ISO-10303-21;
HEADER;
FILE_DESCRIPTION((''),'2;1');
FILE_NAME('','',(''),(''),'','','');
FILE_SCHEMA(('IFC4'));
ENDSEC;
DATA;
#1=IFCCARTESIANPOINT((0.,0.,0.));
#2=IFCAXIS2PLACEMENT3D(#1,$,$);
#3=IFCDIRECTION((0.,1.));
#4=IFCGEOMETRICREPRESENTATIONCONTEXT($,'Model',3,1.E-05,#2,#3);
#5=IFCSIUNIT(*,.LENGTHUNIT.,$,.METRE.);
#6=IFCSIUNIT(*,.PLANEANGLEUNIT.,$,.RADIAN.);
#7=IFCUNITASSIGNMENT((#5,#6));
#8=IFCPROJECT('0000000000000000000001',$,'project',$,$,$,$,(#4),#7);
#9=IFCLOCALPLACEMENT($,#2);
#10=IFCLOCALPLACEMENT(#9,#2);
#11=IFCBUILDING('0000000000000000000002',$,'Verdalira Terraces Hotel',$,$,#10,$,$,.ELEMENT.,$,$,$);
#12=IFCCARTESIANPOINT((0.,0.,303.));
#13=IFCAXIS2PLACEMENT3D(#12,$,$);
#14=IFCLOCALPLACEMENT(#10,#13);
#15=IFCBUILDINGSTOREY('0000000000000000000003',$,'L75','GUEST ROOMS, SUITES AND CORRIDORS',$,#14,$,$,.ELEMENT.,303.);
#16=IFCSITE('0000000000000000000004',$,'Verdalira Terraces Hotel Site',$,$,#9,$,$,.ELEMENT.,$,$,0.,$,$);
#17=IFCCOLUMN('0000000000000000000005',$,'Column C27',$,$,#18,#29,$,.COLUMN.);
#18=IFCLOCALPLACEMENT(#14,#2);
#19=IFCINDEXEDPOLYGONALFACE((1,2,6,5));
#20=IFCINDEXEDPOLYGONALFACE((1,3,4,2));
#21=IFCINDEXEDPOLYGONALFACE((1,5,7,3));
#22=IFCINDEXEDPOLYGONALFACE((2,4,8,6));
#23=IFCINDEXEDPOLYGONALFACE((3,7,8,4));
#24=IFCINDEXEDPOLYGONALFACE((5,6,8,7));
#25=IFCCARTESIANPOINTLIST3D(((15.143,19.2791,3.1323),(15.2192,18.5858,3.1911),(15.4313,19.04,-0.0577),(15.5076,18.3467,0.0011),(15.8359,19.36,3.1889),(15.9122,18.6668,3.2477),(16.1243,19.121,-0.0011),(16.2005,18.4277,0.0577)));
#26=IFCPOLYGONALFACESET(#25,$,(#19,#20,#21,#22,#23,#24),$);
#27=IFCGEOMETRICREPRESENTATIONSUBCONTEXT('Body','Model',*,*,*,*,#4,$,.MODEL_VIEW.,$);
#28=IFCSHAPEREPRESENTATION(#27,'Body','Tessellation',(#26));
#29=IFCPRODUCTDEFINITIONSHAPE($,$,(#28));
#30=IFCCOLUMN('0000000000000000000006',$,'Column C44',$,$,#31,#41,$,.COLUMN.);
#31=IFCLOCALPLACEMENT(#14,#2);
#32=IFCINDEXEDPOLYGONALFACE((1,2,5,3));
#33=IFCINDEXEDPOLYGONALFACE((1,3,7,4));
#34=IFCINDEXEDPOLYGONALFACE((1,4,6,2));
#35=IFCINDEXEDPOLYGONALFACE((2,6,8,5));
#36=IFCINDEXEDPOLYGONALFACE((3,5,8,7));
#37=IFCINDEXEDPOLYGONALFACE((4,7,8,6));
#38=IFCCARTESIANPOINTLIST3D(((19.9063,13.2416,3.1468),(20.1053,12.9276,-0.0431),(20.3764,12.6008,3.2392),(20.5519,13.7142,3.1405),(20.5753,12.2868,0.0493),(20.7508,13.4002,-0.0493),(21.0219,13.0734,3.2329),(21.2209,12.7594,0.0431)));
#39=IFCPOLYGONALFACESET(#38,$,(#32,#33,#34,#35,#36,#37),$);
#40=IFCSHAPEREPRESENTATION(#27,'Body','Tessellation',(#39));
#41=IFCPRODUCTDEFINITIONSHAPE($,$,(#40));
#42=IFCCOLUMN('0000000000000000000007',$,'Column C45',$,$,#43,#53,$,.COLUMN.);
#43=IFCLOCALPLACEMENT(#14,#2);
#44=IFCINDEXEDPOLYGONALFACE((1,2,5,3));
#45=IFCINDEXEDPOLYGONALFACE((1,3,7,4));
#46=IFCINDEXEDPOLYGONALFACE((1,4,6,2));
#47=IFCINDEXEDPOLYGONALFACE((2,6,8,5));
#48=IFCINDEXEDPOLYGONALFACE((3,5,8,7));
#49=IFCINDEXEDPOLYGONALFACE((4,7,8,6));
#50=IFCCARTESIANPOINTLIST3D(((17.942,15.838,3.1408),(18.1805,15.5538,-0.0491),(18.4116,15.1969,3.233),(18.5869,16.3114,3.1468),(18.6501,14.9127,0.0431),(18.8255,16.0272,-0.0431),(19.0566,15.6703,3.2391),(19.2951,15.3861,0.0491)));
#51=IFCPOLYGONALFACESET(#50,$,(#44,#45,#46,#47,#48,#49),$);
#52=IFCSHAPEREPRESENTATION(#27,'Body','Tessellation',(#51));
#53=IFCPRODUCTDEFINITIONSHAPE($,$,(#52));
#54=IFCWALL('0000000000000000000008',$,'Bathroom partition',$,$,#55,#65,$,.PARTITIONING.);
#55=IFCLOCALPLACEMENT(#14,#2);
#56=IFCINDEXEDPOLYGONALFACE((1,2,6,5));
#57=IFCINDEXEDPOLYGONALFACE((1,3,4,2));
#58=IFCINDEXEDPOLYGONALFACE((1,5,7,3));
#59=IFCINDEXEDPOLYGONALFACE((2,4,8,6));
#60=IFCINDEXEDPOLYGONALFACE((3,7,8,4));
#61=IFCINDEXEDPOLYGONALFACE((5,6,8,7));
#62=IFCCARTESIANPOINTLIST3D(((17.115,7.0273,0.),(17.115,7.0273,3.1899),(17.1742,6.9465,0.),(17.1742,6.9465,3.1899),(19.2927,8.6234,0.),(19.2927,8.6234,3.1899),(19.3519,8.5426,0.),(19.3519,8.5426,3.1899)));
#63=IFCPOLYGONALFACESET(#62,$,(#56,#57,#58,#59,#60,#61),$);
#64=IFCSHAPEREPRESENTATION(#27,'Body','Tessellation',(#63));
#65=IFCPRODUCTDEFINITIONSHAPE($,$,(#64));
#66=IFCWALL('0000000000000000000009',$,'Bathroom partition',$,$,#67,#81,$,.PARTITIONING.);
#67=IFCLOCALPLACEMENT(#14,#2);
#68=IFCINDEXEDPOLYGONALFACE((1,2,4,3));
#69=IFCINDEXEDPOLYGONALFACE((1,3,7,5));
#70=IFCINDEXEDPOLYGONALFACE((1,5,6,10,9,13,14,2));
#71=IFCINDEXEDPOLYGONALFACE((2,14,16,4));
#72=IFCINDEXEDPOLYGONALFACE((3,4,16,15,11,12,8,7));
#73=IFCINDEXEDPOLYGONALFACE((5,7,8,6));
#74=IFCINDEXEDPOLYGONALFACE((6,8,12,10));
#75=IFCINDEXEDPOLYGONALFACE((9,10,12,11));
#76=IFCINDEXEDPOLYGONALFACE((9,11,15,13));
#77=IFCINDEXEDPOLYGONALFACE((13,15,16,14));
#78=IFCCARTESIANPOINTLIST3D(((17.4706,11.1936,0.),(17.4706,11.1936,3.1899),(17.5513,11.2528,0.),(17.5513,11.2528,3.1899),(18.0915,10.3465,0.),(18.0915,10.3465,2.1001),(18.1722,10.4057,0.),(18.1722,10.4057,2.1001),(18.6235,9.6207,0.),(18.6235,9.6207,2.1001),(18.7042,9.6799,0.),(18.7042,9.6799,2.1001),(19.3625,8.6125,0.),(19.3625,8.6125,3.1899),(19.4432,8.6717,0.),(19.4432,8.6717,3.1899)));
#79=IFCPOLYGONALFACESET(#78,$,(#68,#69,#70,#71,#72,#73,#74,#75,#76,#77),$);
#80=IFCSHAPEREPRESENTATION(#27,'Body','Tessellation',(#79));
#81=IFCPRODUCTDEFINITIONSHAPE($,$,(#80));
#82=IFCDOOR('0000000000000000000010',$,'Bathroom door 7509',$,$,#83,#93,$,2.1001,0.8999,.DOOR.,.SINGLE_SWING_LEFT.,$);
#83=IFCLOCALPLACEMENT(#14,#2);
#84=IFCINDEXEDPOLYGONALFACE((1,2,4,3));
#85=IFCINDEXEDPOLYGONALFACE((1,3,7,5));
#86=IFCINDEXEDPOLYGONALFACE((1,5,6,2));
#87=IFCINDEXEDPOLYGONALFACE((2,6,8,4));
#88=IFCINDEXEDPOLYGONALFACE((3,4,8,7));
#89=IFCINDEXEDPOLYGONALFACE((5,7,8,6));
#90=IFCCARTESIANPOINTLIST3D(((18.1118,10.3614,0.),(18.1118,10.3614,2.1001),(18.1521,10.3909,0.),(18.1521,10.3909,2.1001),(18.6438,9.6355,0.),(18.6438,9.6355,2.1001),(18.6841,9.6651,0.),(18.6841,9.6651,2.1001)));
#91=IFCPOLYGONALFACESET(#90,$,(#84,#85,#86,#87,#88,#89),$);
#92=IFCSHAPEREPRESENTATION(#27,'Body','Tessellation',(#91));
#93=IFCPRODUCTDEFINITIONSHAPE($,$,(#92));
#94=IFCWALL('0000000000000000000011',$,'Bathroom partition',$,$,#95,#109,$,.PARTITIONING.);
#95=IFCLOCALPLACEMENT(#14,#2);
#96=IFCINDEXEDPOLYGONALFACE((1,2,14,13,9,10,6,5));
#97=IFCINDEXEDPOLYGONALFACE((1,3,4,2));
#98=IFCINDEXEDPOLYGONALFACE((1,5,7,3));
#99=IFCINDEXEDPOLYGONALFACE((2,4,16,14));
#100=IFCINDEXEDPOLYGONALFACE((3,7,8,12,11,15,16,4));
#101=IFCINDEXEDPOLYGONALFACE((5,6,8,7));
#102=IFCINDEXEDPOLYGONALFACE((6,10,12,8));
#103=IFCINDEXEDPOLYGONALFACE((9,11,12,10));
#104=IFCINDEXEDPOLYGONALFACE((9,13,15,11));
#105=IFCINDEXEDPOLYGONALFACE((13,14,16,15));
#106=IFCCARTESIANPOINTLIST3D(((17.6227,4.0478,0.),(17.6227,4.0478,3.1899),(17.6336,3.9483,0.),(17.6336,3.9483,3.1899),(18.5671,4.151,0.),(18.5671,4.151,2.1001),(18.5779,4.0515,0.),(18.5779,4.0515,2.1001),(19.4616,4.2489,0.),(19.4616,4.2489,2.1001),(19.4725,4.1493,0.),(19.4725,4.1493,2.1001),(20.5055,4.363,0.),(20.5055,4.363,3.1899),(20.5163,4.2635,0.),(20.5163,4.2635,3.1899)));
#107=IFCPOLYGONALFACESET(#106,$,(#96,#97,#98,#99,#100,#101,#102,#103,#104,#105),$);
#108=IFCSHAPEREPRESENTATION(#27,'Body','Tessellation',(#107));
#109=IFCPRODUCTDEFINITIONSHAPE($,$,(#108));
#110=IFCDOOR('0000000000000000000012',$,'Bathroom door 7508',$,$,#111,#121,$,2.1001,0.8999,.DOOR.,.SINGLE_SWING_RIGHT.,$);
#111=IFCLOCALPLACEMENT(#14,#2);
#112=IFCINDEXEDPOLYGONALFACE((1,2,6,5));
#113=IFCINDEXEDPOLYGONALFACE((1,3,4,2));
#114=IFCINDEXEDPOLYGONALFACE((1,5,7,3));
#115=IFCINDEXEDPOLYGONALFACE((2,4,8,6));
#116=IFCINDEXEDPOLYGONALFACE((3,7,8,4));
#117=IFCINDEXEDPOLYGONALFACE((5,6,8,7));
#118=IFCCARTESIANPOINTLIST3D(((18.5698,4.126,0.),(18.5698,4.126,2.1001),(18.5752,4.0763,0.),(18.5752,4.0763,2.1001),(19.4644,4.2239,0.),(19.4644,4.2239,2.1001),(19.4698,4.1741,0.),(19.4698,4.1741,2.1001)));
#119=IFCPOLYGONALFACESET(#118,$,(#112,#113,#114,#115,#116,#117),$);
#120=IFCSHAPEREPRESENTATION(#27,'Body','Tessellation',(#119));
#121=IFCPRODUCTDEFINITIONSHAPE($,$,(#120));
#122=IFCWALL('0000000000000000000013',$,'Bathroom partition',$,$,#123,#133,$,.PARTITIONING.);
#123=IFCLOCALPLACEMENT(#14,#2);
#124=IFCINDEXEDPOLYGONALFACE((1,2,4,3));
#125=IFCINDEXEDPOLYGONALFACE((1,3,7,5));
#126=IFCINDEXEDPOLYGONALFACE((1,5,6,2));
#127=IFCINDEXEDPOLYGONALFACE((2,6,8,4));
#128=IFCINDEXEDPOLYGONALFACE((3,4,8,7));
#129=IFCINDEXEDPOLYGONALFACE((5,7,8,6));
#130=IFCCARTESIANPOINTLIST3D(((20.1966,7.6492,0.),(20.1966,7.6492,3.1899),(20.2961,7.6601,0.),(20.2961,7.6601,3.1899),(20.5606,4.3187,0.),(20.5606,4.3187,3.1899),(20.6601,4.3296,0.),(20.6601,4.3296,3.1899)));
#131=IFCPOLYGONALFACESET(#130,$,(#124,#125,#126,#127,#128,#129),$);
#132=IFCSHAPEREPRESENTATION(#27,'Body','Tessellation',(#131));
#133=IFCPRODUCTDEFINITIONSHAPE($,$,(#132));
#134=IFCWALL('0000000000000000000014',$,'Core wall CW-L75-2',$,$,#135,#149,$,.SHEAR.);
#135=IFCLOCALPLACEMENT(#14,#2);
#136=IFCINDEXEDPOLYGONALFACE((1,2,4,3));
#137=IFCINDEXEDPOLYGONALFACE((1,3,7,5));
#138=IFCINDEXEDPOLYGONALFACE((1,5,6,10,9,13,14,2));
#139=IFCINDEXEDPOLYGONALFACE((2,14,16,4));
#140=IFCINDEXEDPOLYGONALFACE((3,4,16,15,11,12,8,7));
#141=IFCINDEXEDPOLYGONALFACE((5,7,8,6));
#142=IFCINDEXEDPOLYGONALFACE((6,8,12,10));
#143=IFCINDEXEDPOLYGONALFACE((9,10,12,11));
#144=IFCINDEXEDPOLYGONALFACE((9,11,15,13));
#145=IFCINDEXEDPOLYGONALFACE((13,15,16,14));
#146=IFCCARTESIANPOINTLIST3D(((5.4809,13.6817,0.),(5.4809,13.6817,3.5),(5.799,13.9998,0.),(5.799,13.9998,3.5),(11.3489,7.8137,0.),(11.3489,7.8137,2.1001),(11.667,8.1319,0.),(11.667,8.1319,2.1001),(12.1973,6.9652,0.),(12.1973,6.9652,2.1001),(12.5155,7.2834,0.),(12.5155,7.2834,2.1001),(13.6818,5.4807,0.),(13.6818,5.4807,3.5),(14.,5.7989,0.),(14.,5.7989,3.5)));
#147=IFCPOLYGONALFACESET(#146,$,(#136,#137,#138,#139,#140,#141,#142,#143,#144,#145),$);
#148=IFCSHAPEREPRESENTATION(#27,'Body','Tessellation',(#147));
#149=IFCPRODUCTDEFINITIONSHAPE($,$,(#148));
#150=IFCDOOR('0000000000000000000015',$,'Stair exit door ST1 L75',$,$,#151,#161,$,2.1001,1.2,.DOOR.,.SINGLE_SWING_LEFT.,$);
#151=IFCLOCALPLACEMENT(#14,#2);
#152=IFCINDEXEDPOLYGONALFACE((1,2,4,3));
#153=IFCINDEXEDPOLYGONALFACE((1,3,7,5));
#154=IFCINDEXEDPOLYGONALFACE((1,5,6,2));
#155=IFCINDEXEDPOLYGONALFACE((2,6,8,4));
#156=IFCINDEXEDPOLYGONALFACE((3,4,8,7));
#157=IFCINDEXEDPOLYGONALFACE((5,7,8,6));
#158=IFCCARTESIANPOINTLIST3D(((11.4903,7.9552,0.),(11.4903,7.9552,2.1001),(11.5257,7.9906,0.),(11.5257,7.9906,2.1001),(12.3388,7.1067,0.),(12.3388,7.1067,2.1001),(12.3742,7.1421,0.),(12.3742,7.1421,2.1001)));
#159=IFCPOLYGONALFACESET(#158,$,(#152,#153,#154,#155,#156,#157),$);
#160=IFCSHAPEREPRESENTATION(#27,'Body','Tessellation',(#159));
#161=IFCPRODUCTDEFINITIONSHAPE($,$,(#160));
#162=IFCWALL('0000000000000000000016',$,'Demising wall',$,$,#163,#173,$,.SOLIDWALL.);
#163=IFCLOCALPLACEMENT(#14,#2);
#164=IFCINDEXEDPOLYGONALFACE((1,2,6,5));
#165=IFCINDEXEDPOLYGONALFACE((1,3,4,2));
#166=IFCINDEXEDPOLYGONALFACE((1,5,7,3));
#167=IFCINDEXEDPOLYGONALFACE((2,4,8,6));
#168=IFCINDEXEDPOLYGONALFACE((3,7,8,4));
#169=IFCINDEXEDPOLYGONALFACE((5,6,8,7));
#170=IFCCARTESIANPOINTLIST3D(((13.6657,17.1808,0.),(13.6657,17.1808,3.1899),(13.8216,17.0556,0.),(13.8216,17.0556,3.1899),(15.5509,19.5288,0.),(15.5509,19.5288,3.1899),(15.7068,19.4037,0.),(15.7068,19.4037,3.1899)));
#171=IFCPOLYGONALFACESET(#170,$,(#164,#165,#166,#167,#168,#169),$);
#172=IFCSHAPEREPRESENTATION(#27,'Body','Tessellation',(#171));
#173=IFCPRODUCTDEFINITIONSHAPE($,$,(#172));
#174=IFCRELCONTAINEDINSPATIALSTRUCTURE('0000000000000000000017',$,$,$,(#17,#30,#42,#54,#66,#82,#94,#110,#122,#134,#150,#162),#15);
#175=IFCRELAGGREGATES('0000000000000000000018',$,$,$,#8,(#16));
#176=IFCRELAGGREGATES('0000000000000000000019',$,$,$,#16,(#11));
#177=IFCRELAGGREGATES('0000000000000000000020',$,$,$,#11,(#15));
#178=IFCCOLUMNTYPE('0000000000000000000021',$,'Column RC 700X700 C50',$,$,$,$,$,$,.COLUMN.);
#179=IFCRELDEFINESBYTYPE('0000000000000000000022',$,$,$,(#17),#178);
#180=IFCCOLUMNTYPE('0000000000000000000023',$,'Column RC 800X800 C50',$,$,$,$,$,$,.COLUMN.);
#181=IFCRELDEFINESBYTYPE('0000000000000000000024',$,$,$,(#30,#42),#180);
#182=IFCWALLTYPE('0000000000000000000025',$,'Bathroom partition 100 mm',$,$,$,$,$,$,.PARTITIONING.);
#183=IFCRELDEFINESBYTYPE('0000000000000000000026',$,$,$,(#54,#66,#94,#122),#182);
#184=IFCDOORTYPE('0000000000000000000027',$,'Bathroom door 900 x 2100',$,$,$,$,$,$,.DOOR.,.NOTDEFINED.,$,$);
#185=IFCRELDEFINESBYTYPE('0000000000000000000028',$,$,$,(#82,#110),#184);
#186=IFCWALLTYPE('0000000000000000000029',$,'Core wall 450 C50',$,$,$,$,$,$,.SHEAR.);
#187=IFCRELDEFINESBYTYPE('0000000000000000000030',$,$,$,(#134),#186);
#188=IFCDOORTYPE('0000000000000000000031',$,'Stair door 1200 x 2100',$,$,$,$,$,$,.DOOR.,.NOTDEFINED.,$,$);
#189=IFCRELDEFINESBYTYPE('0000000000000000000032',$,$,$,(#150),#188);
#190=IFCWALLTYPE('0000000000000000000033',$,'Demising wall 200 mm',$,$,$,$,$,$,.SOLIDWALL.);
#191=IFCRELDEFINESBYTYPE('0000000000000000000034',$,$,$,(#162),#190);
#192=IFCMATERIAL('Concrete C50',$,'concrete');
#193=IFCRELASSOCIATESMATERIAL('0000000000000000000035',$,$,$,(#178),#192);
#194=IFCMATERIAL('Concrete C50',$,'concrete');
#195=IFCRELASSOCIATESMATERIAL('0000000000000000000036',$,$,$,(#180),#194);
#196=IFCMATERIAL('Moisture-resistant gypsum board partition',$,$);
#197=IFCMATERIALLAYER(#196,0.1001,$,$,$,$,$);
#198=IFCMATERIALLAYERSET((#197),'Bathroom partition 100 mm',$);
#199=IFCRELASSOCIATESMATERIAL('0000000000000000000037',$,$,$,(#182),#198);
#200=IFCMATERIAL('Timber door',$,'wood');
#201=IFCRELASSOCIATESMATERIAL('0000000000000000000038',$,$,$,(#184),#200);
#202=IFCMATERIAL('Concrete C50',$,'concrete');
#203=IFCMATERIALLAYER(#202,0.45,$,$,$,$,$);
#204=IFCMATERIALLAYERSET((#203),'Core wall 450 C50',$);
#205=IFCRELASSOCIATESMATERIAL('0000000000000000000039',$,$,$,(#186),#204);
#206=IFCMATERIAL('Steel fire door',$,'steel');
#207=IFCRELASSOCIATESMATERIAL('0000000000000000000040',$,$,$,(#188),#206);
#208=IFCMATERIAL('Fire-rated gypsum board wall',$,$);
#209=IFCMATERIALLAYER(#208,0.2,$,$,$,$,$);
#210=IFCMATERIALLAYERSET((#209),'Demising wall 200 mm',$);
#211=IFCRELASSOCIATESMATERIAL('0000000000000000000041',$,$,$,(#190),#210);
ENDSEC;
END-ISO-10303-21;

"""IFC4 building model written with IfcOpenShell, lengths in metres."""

from ifc_helpers import new_model, si_unit, direction, frame, frame_2d, origin, origin_2d, place, context, subcontext, project, spatial, rectangle, extrude, material, layer, layer_set, material_profile, profile_set, type_object, element, fill, save


model = new_model("IFC4")

# Units and contexts
model_context = context("Model", 3, precision=1e-05, world=origin(), true_north=direction((0.0, 1.0)))
body_context = subcontext(model_context, "Body", "Model", "MODEL_VIEW")
ifc_project = project(units=[si_unit("LENGTHUNIT", "METRE"), si_unit("PLANEANGLEUNIT", "RADIAN")], contexts=[model_context])

# Site, building, storey
site_placement = place(None, origin())
site = spatial("IfcSite", under=ifc_project, at=site_placement, Name="Verdalira Terraces Hotel Site", CompositionType="ELEMENT", RefElevation=0.0)
building_placement = place(site_placement, origin())
building = spatial("IfcBuilding", under=site, at=building_placement, Name="Verdalira Terraces Hotel", CompositionType="ELEMENT")
storey_placement = place(building_placement, frame((0.0, 0.0, 303.0)))
storey = spatial("IfcBuildingStorey", under=building, at=storey_placement, Name="L75", Description="GUEST ROOMS, SUITES AND CORRIDORS", CompositionType="ELEMENT", Elevation=303.0)

# Columns
ifc_material_1 = material(Name="Concrete C50", Category="concrete")
ifc_material_profile_1 = material_profile(ifc_material_1, rectangle(XDim=0.7, YDim=0.7, at=origin_2d()), Name="RC 700X700")
ifc_profile_set_1 = profile_set([ifc_material_profile_1], Name="Concrete C50")
column_type_1 = type_object("IfcColumnType", Name="Column RC 700X700 C50", PredefinedType="COLUMN", material=ifc_profile_set_1)
column_placement = place(storey_placement, frame((15.8159, 18.7339, 0.0), z_axis=(-0.089771, 0.074416, 0.993178), x_axis=(0.98999, 0.115712, 0.080813)))
element("IfcColumn", 1, at=column_placement, inside=storey, type_object=column_type_1, Name="Column C27", PredefinedType="COLUMN", context=body_context, shape_type="SweptSolid", body=[
    extrude(rectangle(XDim=0.7, YDim=0.7, at=origin_2d()), origin(), (0.0, 0.0, 1.0), 3.2119),
])
ifc_material_2 = material(Name="Concrete C50", Category="concrete")
ifc_material_profile_2 = material_profile(ifc_material_2, rectangle(XDim=0.8, YDim=0.8, at=origin_2d()), Name="RC 800X800")
ifc_profile_set_2 = profile_set([ifc_material_profile_2], Name="Concrete C50")
column_type_2 = type_object("IfcColumnType", Name="Column RC 800X800 C50", PredefinedType="COLUMN", material=ifc_profile_set_2)
for number, where, z_axis, x_axis, name in (
    (2, (20.6631, 12.8435, 0.0), (-0.061956, 0.097762, 0.993279), (0.806847, 0.590708, -0.007812), "Column C44"),
    (3, (18.7378, 15.47, 0.0), (-0.074274, 0.08849, 0.993304), (0.806156, 0.591654, 0.007571), "Column C45"),
):
    element("IfcColumn", number, at=place(storey_placement, frame(where, z_axis=z_axis, x_axis=x_axis)), inside=storey, type_object=column_type_2, Name=name, PredefinedType="COLUMN", context=body_context, shape_type="SweptSolid", body=[
        extrude(rectangle(XDim=0.8, YDim=0.8, at=origin_2d()), origin(), (0.0, 0.0, 1.0), 3.2114),
    ])

# Wall
ifc_material_3 = material(Name="Moisture-resistant gypsum board partition")
ifc_layer_1 = layer(ifc_material_3, 0.1001)
ifc_layer_set_1 = layer_set([ifc_layer_1], Name="Bathroom partition 100 mm")
wall_type_1 = type_object("IfcWallType", Name="Bathroom partition 100 mm", PredefinedType="PARTITIONING", material=ifc_layer_set_1)
wall_1_placement = place(storey_placement, frame((17.1445, 6.9868, 0.0), z_axis=(0.0, 0.0, 1.0), x_axis=(0.806549, 0.591168, 0.0)))
element("IfcWall", 4, at=wall_1_placement, inside=storey, type_object=wall_type_1, Name="Bathroom partition", PredefinedType="PARTITIONING", context=body_context, shape_type="SweptSolid", body=[
    extrude(rectangle(XDim=2.7, YDim=0.1001, at=frame_2d((1.3501, 0.0))), origin(), (0.0, 0.0, 1.0), 3.1899),
])

# Walls, openings, doors
wall_2_placement = place(storey_placement, frame((19.4028, 8.6421, 0.0), z_axis=(0.0, 0.0, 1.0), x_axis=(-0.591175, 0.806543, 0.0)))
wall_2 = element("IfcWall", 5, at=wall_2_placement, inside=storey, type_object=wall_type_1, Name="Bathroom partition", PredefinedType="PARTITIONING", context=body_context, shape_type="SweptSolid", body=[
    extrude(rectangle(XDim=3.2002, YDim=0.1001, at=frame_2d((1.6001, 0.0))), origin(), (0.0, 0.0, 1.0), 3.1899),
])
opening_1_placement = place(wall_2_placement, frame((1.25, 0.0, 0.0)))
opening_1 = element("IfcOpeningElement", 6, at=opening_1_placement, cuts=wall_2, PredefinedType="OPENING", context=body_context, shape_type="SweptSolid", body=[
    extrude(rectangle(XDim=0.8999, YDim=2.1001, at=frame_2d((0.45, 1.05))), frame((0.0, 0.0601, 0.0), z_axis=(0.0, -1.0, 0.0), x_axis=(1.0, 0.0, 0.0)), (0.0, 0.0, 1.0), 0.1201),
])
ifc_material_4 = material(Name="Timber door", Category="wood")
door_type_1 = type_object("IfcDoorType", Name="Bathroom door 900 x 2100", OperationType="NOTDEFINED", PredefinedType="DOOR", material=ifc_material_4)
door_1_placement = place(opening_1_placement, origin())
door_1 = element("IfcDoor", 7, at=door_1_placement, inside=storey, type_object=door_type_1, Name="Bathroom door 7509", OperationType="SINGLE_SWING_LEFT", OverallHeight=2.1001, OverallWidth=0.8999, PredefinedType="DOOR", context=body_context, shape_type="SweptSolid", body=[
    extrude(rectangle(XDim=0.8999, YDim=2.1001, at=frame_2d((0.45, 1.05))), frame((0.0, 0.0249, 0.0), z_axis=(0.0, -1.0, 0.0), x_axis=(1.0, 0.0, 0.0)), (0.0, 0.0, 1.0), 0.05),
])
fill(opening_1, door_1)
wall_3_placement = place(storey_placement, frame((17.6282, 3.998, 0.0), z_axis=(0.0, 0.0, 1.0), x_axis=(0.994076, 0.108685, 0.0)))
wall_3 = element("IfcWall", 8, at=wall_3_placement, inside=storey, type_object=wall_type_1, Name="Bathroom partition", PredefinedType="PARTITIONING", context=body_context, shape_type="SweptSolid", body=[
    extrude(rectangle(XDim=2.8999, YDim=0.1001, at=frame_2d((1.45, 0.0))), origin(), (0.0, 0.0, 1.0), 3.1899),
])
opening_2_placement = place(wall_3_placement, frame((0.95, 0.0, 0.0)))
opening_2 = element("IfcOpeningElement", 9, at=opening_2_placement, cuts=wall_3, PredefinedType="OPENING", context=body_context, shape_type="SweptSolid", body=[
    extrude(rectangle(XDim=0.8999, YDim=2.1001, at=frame_2d((0.45, 1.05))), frame((0.0, 0.0601, 0.0), z_axis=(0.0, -1.0, 0.0), x_axis=(1.0, 0.0, 0.0)), (0.0, 0.0, 1.0), 0.1201),
])
door_2_placement = place(opening_2_placement, origin())
door_2 = element("IfcDoor", 10, at=door_2_placement, inside=storey, type_object=door_type_1, Name="Bathroom door 7508", OperationType="SINGLE_SWING_RIGHT", OverallHeight=2.1001, OverallWidth=0.8999, PredefinedType="DOOR", context=body_context, shape_type="SweptSolid", body=[
    extrude(rectangle(XDim=0.8999, YDim=2.1001, at=frame_2d((0.45, 1.05))), frame((0.0, 0.0249, 0.0), z_axis=(0.0, -1.0, 0.0), x_axis=(1.0, 0.0, 0.0)), (0.0, 0.0, 1.0), 0.05),
])
fill(opening_2, door_2)

# Wall
wall_4_placement = place(storey_placement, frame((20.2463, 7.6548, 0.0), z_axis=(0.0, 0.0, 1.0), x_axis=(0.108648, -0.99408, 0.0)))
element("IfcWall", 11, at=wall_4_placement, inside=storey, type_object=wall_type_1, Name="Bathroom partition", PredefinedType="PARTITIONING", context=body_context, shape_type="SweptSolid", body=[
    extrude(rectangle(XDim=3.3503, YDim=0.1001, at=frame_2d((1.6753, 0.0))), origin(), (0.0, 0.0, 1.0), 3.1899),
])

# Wall, opening, door
ifc_material_5 = material(Name="Concrete C50", Category="concrete")
ifc_layer_2 = layer(ifc_material_5, 0.45)
ifc_layer_set_2 = layer_set([ifc_layer_2], Name="Core wall 450 C50")
wall_type_2 = type_object("IfcWallType", Name="Core wall 450 C50", PredefinedType="SHEAR", material=ifc_layer_set_2)
wall_5_placement = place(storey_placement, frame((13.8408, 5.6399, 0.0), z_axis=(0.0, 0.0, 1.0), x_axis=(-0.707107, 0.707107, 0.0)))
wall_5 = element("IfcWall", 12, at=wall_5_placement, inside=storey, type_object=wall_type_2, Name="Core wall CW-L75-2", PredefinedType="SHEAR", context=body_context, shape_type="SweptSolid", body=[
    extrude(rectangle(XDim=11.5979, YDim=0.45, at=frame_2d((5.7988, 0.0))), origin(), (0.0, 0.0, 1.0), 3.5),
])
opening_3_placement = place(wall_5_placement, frame((2.0991, 0.0, 0.0)))
opening_3 = element("IfcOpeningElement", 13, at=opening_3_placement, cuts=wall_5, PredefinedType="OPENING", context=body_context, shape_type="SweptSolid", body=[
    extrude(rectangle(XDim=1.2, YDim=2.1001, at=frame_2d((0.6001, 1.05))), frame((0.0, 0.2349, 0.0), z_axis=(0.0, -1.0, 0.0), x_axis=(1.0, 0.0, 0.0)), (0.0, 0.0, 1.0), 0.47),
])
ifc_material_6 = material(Name="Steel fire door", Category="steel")
door_type_2 = type_object("IfcDoorType", Name="Stair door 1200 x 2100", OperationType="NOTDEFINED", PredefinedType="DOOR", material=ifc_material_6)
door_3_placement = place(opening_3_placement, origin())
door_3 = element("IfcDoor", 14, at=door_3_placement, inside=storey, type_object=door_type_2, Name="Stair exit door ST1 L75", OperationType="SINGLE_SWING_LEFT", OverallHeight=2.1001, OverallWidth=1.2, PredefinedType="DOOR", context=body_context, shape_type="SweptSolid", body=[
    extrude(rectangle(XDim=1.2, YDim=2.1001, at=frame_2d((0.6001, 1.05))), frame((0.0, 0.0249, 0.0), z_axis=(0.0, -1.0, 0.0), x_axis=(1.0, 0.0, 0.0)), (0.0, 0.0, 1.0), 0.05),
])
fill(opening_3, door_3)

# Wall
ifc_material_7 = material(Name="Fire-rated gypsum board wall")
ifc_layer_3 = layer(ifc_material_7, 0.2)
ifc_layer_set_3 = layer_set([ifc_layer_3], Name="Demising wall 200 mm")
wall_type_3 = type_object("IfcWallType", Name="Demising wall 200 mm", PredefinedType="SOLIDWALL", material=ifc_layer_set_3)
wall_6_placement = place(storey_placement, frame((13.7437, 17.1182, 0.0), z_axis=(0.0, 0.0, 1.0), x_axis=(0.626059, 0.779776, 0.0)))
element("IfcWall", 15, at=wall_6_placement, inside=storey, type_object=wall_type_3, Name="Demising wall", PredefinedType="SOLIDWALL", context=body_context, shape_type="SweptSolid", body=[
    extrude(rectangle(XDim=3.0112, YDim=0.2, at=frame_2d((1.5056, 0.0))), origin(), (0.0, 0.0, 1.0), 3.1899),
])

save(model, "model.ifc")
